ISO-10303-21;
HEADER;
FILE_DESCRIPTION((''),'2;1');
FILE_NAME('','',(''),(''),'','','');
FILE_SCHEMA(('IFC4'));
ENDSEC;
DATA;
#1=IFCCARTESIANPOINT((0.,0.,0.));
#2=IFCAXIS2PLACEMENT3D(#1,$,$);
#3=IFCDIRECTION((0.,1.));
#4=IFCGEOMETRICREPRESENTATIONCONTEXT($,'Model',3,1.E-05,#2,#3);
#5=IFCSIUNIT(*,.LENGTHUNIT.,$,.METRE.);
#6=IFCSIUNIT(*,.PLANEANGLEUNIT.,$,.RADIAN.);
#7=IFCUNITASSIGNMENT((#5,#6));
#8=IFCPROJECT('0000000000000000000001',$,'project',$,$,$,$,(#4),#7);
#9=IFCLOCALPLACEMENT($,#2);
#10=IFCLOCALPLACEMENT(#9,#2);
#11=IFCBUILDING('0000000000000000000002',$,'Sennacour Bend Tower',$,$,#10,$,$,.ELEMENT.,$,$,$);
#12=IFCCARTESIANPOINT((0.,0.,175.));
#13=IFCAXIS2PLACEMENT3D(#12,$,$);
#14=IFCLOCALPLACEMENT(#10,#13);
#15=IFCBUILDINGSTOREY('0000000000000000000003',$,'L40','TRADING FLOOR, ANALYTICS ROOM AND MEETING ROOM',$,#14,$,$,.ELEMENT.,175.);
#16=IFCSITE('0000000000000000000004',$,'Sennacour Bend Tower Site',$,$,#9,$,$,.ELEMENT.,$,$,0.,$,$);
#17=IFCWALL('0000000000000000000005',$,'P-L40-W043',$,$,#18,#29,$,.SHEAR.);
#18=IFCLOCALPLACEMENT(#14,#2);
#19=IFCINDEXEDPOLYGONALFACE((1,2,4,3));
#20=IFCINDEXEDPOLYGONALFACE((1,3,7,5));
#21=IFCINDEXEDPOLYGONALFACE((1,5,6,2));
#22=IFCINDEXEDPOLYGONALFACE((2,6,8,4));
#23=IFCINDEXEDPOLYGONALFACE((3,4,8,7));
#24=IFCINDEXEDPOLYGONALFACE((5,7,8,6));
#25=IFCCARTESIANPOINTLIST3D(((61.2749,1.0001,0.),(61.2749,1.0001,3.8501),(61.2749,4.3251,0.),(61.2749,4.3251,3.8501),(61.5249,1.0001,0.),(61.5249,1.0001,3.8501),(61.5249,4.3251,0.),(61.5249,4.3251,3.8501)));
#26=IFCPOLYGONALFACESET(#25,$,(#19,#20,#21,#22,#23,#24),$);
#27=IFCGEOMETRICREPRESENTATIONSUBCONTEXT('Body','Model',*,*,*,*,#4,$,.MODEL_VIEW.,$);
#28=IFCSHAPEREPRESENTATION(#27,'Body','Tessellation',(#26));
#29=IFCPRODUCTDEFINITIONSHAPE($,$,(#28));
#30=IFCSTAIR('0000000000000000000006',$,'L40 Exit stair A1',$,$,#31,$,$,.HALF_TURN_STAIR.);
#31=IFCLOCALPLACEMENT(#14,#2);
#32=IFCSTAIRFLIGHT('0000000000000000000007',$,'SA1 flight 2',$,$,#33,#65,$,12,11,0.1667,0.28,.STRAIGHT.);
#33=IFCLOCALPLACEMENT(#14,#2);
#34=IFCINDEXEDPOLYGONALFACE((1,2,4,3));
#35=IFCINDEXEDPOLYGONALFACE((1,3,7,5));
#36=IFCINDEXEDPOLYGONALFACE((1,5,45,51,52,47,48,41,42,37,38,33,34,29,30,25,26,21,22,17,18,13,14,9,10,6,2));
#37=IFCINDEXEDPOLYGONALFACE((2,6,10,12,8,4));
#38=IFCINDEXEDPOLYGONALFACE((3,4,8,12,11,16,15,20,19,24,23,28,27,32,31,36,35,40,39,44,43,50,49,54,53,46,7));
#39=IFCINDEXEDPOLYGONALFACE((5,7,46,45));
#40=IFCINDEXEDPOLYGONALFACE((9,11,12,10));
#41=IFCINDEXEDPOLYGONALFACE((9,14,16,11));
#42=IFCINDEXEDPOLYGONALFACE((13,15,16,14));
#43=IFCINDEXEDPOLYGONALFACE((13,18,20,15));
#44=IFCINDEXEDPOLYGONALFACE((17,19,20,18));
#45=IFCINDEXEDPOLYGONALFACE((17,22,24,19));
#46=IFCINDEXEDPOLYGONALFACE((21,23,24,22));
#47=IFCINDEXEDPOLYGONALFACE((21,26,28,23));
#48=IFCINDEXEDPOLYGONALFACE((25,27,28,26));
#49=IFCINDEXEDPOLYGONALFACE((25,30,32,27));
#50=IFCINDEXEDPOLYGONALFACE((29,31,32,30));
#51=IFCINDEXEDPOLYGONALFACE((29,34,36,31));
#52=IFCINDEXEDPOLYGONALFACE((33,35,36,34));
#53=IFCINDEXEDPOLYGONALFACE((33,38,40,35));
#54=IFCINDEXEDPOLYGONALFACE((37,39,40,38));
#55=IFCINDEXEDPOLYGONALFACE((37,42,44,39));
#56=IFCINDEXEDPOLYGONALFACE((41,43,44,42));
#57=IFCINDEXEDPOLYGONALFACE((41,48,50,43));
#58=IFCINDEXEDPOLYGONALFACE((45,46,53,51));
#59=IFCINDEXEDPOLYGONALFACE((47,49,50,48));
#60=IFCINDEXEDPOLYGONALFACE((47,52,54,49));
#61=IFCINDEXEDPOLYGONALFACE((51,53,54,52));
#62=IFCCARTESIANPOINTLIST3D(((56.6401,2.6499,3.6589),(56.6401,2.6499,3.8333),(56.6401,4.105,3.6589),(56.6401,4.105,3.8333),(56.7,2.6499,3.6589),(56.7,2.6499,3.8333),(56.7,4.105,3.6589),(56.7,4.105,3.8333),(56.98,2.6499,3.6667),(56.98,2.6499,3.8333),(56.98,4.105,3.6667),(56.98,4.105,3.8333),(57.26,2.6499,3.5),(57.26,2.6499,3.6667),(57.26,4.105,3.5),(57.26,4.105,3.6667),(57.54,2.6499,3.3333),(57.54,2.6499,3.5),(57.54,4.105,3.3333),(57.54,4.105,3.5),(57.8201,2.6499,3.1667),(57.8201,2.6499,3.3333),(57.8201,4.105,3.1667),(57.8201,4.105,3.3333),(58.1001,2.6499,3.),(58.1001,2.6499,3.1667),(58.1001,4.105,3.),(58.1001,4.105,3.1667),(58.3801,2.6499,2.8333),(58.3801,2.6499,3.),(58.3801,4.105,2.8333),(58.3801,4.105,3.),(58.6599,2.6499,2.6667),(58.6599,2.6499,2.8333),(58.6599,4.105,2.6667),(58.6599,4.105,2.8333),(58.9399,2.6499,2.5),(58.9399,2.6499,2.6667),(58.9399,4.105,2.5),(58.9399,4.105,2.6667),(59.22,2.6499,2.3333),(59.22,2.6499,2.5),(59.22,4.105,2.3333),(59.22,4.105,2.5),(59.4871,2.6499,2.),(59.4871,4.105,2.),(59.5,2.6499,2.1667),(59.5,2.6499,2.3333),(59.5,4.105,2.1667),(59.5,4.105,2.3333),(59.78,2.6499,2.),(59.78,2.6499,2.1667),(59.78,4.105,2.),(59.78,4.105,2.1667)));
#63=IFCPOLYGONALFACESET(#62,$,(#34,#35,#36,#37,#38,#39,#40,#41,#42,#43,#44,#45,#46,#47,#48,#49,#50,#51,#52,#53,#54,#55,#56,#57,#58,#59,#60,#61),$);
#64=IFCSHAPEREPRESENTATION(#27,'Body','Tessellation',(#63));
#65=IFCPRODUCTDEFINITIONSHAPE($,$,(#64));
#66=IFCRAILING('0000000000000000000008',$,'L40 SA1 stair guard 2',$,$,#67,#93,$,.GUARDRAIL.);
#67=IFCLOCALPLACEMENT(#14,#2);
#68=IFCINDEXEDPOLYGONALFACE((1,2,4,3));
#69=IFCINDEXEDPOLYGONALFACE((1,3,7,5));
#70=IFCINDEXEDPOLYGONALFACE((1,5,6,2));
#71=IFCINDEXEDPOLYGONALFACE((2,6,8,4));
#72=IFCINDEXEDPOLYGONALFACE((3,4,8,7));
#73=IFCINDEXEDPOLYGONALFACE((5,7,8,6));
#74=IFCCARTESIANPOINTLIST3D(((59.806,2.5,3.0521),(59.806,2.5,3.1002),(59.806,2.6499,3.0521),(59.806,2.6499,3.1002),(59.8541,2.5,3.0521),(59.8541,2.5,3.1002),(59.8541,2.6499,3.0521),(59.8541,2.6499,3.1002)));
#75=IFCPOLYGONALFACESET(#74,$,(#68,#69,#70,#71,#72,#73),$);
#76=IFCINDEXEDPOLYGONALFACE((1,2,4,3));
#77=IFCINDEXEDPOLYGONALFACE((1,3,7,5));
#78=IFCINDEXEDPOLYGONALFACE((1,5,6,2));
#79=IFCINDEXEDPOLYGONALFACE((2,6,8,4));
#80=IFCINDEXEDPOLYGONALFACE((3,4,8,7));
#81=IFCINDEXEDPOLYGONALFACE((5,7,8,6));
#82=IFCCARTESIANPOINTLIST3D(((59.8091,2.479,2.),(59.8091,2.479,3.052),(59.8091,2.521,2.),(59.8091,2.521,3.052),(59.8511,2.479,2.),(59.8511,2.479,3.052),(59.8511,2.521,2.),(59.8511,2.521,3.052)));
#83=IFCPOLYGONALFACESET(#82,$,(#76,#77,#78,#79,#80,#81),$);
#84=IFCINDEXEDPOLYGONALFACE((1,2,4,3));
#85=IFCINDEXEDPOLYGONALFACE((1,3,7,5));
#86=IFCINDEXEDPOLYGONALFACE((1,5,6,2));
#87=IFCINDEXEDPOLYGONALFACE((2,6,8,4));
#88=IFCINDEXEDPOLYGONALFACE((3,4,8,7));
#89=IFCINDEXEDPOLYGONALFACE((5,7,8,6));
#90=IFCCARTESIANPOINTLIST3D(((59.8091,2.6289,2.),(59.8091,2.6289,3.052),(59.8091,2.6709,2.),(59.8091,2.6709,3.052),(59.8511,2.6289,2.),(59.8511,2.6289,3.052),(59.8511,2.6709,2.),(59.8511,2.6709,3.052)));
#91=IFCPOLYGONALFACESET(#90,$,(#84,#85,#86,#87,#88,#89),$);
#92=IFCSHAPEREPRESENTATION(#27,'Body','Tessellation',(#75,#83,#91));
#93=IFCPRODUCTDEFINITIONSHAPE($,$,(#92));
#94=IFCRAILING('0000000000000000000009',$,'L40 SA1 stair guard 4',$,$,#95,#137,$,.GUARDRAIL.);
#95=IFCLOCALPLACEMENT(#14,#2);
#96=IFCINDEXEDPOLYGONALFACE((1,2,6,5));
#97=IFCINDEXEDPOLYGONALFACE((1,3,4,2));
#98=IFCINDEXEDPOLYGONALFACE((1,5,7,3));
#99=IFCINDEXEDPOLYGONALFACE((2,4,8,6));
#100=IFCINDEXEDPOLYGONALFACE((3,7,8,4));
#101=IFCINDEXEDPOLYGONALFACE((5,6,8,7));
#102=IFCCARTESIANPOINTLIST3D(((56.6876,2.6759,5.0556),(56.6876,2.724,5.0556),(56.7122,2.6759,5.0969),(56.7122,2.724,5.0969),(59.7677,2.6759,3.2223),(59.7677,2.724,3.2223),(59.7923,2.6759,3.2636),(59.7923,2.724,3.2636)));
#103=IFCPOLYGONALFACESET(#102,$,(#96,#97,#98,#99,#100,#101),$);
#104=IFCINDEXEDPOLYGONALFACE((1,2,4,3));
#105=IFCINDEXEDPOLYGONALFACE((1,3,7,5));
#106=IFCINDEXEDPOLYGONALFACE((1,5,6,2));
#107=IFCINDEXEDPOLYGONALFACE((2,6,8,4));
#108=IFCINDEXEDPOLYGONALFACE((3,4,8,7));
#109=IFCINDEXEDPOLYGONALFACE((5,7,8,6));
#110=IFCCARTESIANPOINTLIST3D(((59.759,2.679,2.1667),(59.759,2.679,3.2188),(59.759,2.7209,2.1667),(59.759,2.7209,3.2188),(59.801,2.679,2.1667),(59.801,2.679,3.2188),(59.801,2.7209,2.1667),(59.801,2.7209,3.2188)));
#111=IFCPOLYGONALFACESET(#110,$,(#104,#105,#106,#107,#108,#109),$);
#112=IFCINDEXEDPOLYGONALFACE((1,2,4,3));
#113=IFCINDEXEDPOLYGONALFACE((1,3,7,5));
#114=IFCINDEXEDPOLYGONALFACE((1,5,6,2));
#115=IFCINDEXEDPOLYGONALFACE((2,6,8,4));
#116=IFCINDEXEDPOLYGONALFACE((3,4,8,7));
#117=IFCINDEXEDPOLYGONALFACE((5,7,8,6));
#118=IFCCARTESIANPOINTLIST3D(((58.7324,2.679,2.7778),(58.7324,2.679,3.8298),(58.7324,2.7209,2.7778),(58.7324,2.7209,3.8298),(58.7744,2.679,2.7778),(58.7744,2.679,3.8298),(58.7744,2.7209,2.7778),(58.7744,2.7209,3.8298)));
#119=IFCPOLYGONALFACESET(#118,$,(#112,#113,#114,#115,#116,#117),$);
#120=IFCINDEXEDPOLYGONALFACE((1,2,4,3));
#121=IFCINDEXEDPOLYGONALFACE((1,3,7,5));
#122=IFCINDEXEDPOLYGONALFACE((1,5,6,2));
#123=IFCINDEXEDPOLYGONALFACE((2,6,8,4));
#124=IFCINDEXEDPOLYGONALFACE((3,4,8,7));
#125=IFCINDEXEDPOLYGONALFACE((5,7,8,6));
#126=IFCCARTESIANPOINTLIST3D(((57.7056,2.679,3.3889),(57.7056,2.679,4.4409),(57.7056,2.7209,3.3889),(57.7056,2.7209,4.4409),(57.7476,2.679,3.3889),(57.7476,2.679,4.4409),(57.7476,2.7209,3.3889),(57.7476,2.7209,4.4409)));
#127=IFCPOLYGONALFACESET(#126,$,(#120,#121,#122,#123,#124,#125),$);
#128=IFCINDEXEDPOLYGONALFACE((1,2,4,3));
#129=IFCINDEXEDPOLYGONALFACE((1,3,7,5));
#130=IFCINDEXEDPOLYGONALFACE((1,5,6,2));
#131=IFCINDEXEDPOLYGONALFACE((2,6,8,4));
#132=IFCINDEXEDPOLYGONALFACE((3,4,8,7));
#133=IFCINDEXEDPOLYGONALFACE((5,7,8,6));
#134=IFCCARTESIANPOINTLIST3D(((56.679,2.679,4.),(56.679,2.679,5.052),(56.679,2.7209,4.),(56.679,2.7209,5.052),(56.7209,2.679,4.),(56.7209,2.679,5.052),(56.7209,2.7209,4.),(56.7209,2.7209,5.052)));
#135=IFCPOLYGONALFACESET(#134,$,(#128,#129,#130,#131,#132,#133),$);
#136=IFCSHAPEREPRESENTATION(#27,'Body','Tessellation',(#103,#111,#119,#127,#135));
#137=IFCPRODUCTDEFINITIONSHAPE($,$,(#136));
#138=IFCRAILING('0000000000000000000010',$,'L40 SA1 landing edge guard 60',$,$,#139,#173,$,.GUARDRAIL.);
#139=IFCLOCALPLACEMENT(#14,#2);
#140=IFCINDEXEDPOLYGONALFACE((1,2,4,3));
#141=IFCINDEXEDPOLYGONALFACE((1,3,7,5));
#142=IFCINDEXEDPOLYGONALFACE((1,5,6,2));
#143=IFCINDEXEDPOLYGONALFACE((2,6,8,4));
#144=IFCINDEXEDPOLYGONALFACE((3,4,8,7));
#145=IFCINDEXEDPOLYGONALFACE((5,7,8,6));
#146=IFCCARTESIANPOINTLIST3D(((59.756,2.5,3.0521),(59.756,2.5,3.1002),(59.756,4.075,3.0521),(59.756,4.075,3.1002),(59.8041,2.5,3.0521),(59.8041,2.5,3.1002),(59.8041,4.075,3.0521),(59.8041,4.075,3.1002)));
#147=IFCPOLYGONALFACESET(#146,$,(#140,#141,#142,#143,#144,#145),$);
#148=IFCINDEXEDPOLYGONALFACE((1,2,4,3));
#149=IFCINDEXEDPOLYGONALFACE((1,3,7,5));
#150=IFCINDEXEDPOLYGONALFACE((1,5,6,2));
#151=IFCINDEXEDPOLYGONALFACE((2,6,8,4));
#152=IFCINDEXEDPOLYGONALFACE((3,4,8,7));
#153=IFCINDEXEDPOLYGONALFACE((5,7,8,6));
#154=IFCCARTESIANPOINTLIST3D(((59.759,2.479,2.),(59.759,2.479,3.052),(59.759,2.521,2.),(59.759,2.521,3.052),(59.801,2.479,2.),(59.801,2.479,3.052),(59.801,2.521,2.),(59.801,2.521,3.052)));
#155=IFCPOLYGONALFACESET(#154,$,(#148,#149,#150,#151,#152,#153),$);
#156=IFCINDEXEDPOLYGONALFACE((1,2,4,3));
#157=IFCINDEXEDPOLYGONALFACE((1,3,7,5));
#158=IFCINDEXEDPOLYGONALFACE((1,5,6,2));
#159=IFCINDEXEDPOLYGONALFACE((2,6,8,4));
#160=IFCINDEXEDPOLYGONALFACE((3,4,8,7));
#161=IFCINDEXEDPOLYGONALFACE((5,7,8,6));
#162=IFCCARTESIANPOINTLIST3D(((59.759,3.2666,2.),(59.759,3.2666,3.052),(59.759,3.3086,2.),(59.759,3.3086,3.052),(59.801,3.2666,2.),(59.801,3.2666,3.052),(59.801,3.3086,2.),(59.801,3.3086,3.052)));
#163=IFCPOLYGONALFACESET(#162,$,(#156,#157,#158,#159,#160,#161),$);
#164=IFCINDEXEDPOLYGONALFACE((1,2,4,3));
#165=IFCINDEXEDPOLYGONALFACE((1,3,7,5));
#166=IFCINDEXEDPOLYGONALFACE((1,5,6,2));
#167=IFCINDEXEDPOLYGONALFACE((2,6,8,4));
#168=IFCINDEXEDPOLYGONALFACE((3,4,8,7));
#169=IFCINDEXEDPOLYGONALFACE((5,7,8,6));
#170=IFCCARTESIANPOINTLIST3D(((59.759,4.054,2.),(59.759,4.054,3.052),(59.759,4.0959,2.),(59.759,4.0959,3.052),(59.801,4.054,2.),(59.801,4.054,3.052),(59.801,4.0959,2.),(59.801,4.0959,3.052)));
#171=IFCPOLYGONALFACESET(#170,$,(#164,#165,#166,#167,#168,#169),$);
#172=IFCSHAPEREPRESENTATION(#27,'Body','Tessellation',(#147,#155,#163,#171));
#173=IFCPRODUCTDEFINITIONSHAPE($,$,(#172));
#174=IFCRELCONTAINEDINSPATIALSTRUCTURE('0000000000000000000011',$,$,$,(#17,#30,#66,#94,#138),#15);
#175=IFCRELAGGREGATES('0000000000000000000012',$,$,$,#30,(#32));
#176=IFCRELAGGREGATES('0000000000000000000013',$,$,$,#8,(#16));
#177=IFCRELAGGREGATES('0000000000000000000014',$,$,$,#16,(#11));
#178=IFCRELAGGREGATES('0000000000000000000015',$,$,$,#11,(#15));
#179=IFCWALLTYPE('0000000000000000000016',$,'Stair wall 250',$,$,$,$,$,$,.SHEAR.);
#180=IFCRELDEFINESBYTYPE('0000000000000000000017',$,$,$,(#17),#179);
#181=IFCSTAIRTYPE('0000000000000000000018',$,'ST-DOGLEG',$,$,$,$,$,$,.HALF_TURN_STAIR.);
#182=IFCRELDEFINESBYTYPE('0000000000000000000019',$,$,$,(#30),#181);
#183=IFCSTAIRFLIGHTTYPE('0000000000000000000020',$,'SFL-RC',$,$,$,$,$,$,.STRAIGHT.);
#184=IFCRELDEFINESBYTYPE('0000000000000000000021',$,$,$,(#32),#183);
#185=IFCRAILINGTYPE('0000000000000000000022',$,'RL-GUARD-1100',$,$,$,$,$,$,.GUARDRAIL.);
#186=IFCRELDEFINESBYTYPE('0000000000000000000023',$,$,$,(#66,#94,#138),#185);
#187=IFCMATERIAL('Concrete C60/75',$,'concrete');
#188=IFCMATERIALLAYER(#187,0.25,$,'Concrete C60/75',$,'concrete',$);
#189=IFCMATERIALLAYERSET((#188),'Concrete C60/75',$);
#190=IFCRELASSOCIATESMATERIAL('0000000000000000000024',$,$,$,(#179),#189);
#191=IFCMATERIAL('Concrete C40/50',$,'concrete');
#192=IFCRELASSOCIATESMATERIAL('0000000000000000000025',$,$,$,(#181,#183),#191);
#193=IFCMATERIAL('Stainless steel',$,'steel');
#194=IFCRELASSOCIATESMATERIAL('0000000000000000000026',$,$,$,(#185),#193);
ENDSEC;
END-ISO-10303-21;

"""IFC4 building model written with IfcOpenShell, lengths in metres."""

from ifc_helpers import new_model, si_unit, direction, frame, frame_2d, origin, origin_2d, place, context, subcontext, project, spatial, polyline, rectangle, outline, extrude, material, layer, layer_set, type_object, element, aggregate, save


model = new_model("IFC4")

# Units and contexts
model_context = context("Model", 3, precision=1e-05, world=origin(), true_north=direction((0.0, 1.0)))
body_context = subcontext(model_context, "Body", "Model", "MODEL_VIEW")
ifc_project = project(units=[si_unit("LENGTHUNIT", "METRE"), si_unit("PLANEANGLEUNIT", "RADIAN")], contexts=[model_context])

# Site, building, storey
site_placement = place(None, origin())
site = spatial("IfcSite", under=ifc_project, at=site_placement, Name="Sennacour Bend Tower Site", CompositionType="ELEMENT", RefElevation=0.0)
building_placement = place(site_placement, origin())
building = spatial("IfcBuilding", under=site, at=building_placement, Name="Sennacour Bend Tower", CompositionType="ELEMENT")
storey_placement = place(building_placement, frame((0.0, 0.0, 175.0)))
storey = spatial("IfcBuildingStorey", under=building, at=storey_placement, Name="L40", Description="TRADING FLOOR, ANALYTICS ROOM AND MEETING ROOM", CompositionType="ELEMENT", Elevation=175.0)

# Shared definitions
ifc_material_1 = material(Name="Concrete C60/75", Category="concrete")

# Shared definitions
ifc_material_2 = material(Name="Stainless steel", Category="steel")

# Wall
ifc_layer_1 = layer(ifc_material_1, 0.25, Name="Concrete C60/75", Category="concrete")
ifc_layer_set_1 = layer_set([ifc_layer_1], Name="Concrete C60/75")
wall_type_1 = type_object("IfcWallType", Name="Stair wall 250", PredefinedType="SHEAR", material=ifc_layer_set_1)
wall_1_placement = place(storey_placement, frame((61.3999, 1.0, 0.0), z_axis=(0.0, 0.0, 1.0), x_axis=(0.0, 1.0, 0.0)))
element("IfcWall", 1, at=wall_1_placement, inside=storey, type_object=wall_type_1, Name="P-L40-W043", PredefinedType="SHEAR", context=body_context, shape_type="SweptSolid", body=[
    extrude(rectangle(XDim=3.325, YDim=0.25, at=frame_2d((1.6626, 0.0))), origin(), (0.0, 0.0, 1.0), 3.8501),
])

# Stair, stair flight
ifc_material_3 = material(Name="Concrete C40/50", Category="concrete")
stair_type = type_object("IfcStairType", Name="ST-DOGLEG", PredefinedType="HALF_TURN_STAIR", material=ifc_material_3)
stair_placement = place(storey_placement, origin())
stair = element("IfcStair", 2, at=stair_placement, inside=storey, type_object=stair_type, Name="L40 Exit stair A1", PredefinedType="HALF_TURN_STAIR")
stair_flight_type = type_object("IfcStairFlightType", Name="SFL-RC", PredefinedType="STRAIGHT", material=ifc_material_3)
stair_flight_placement = place(storey_placement, frame((59.78, 3.3774, 2.0), z_axis=(0.0, 0.0, 1.0), x_axis=(-1.0, 0.0, 0.0)))
stair_flight = element("IfcStairFlight", 3, at=stair_flight_placement, type_object=stair_flight_type, Name="SA1 flight 2", NumberOfRisers=12, NumberOfTreads=11, PredefinedType="STRAIGHT", RiserHeight=0.1667, TreadLength=0.28, context=body_context, shape_type="SweptSolid", body=[
    extrude(outline(polyline([(0.0, 0.0), (0.0, 0.1667), (0.28, 0.1667), (0.28, 0.3333), (0.5601, 0.3333), (0.5601, 0.5), (0.8401, 0.5), (0.8401, 0.6667), (1.1201, 0.6667), (1.1201, 0.8333), (1.3999, 0.8333), (1.3999, 1.0), (1.6799, 1.0), (1.6799, 1.1667), (1.96, 1.1667), (1.96, 1.3333), (2.24, 1.3333), (2.24, 1.5), (2.52, 1.5), (2.52, 1.6667), (2.8, 1.6667), (2.8, 1.8333), (3.0801, 1.8333), (3.1399, 1.8333), (3.1399, 1.6589), (3.0801, 1.6589), (0.293, 0.0), (0.0, 0.0)])), frame((0.0, 0.7275, 0.0), z_axis=(0.0, -1.0, 0.0), x_axis=(1.0, 0.0, 0.0)), (0.0, 0.0, 1.0), 1.4551),
])
aggregate(stair, [stair_flight])

# Railings
railing_type_1 = type_object("IfcRailingType", Name="RL-GUARD-1100", PredefinedType="GUARDRAIL", material=ifc_material_2)
railing_1_placement = place(storey_placement, frame((59.8301, 2.5, 2.0)))
element("IfcRailing", 4, at=railing_1_placement, inside=storey, type_object=railing_type_1, Name="L40 SA1 stair guard 2", PredefinedType="GUARDRAIL", context=body_context, shape_type="SweptSolid", body=[
    extrude(rectangle(XDim=0.0481, YDim=0.0481, at=origin_2d()), frame((0.0, 0.0, 1.0762), z_axis=(0.0, 1.0, 0.0), x_axis=(-1.0, 0.0, 0.0)), (0.0, 0.0, 1.0), 0.1499),
    extrude(rectangle(XDim=0.042, YDim=0.042, at=origin_2d()), origin(), (0.0, 0.0, 1.0), 1.052),
    extrude(rectangle(XDim=0.042, YDim=0.042, at=origin_2d()), frame((0.0, 0.1499, 0.0)), (0.0, 0.0, 1.0), 1.052),
])
railing_2_placement = place(storey_placement, frame((59.78, 2.7, 2.1667)))
element("IfcRailing", 5, at=railing_2_placement, inside=storey, type_object=railing_type_1, Name="L40 SA1 stair guard 4", PredefinedType="GUARDRAIL", context=body_context, shape_type="SweptSolid", body=[
    extrude(rectangle(XDim=0.0481, YDim=0.0481, at=origin_2d()), frame((0.0, 0.0, 1.0762), z_axis=(-0.859309, 0.0, 0.511458), x_axis=(0.0, -1.0, 0.0)), (0.0, 0.0, 1.0), 3.5845),
    extrude(rectangle(XDim=0.042, YDim=0.042, at=origin_2d()), origin(), (0.0, 0.0, 1.0), 1.052),
    extrude(rectangle(XDim=0.042, YDim=0.042, at=origin_2d()), frame((-1.0266, 0.0, 0.6111)), (0.0, 0.0, 1.0), 1.052),
    extrude(rectangle(XDim=0.042, YDim=0.042, at=origin_2d()), frame((-2.0535, 0.0, 1.2222)), (0.0, 0.0, 1.0), 1.052),
    extrude(rectangle(XDim=0.042, YDim=0.042, at=origin_2d()), frame((-3.0801, 0.0, 1.8333)), (0.0, 0.0, 1.0), 1.052),
])
railing_3_placement = place(storey_placement, frame((59.78, 2.5, 2.0)))
element("IfcRailing", 6, at=railing_3_placement, inside=storey, type_object=railing_type_1, Name="L40 SA1 landing edge guard 60", PredefinedType="GUARDRAIL", context=body_context, shape_type="SweptSolid", body=[
    extrude(rectangle(XDim=0.0481, YDim=0.0481, at=origin_2d()), frame((0.0, 0.0, 1.0762), z_axis=(0.0, 1.0, 0.0), x_axis=(-1.0, 0.0, 0.0)), (0.0, 0.0, 1.0), 1.575),
    extrude(rectangle(XDim=0.042, YDim=0.042, at=origin_2d()), origin(), (0.0, 0.0, 1.0), 1.052),
    extrude(rectangle(XDim=0.042, YDim=0.042, at=origin_2d()), frame((0.0, 0.7876, 0.0)), (0.0, 0.0, 1.0), 1.052),
    extrude(rectangle(XDim=0.042, YDim=0.042, at=origin_2d()), frame((0.0, 1.575, 0.0)), (0.0, 0.0, 1.0), 1.052),
])

save(model, "model.ifc")
